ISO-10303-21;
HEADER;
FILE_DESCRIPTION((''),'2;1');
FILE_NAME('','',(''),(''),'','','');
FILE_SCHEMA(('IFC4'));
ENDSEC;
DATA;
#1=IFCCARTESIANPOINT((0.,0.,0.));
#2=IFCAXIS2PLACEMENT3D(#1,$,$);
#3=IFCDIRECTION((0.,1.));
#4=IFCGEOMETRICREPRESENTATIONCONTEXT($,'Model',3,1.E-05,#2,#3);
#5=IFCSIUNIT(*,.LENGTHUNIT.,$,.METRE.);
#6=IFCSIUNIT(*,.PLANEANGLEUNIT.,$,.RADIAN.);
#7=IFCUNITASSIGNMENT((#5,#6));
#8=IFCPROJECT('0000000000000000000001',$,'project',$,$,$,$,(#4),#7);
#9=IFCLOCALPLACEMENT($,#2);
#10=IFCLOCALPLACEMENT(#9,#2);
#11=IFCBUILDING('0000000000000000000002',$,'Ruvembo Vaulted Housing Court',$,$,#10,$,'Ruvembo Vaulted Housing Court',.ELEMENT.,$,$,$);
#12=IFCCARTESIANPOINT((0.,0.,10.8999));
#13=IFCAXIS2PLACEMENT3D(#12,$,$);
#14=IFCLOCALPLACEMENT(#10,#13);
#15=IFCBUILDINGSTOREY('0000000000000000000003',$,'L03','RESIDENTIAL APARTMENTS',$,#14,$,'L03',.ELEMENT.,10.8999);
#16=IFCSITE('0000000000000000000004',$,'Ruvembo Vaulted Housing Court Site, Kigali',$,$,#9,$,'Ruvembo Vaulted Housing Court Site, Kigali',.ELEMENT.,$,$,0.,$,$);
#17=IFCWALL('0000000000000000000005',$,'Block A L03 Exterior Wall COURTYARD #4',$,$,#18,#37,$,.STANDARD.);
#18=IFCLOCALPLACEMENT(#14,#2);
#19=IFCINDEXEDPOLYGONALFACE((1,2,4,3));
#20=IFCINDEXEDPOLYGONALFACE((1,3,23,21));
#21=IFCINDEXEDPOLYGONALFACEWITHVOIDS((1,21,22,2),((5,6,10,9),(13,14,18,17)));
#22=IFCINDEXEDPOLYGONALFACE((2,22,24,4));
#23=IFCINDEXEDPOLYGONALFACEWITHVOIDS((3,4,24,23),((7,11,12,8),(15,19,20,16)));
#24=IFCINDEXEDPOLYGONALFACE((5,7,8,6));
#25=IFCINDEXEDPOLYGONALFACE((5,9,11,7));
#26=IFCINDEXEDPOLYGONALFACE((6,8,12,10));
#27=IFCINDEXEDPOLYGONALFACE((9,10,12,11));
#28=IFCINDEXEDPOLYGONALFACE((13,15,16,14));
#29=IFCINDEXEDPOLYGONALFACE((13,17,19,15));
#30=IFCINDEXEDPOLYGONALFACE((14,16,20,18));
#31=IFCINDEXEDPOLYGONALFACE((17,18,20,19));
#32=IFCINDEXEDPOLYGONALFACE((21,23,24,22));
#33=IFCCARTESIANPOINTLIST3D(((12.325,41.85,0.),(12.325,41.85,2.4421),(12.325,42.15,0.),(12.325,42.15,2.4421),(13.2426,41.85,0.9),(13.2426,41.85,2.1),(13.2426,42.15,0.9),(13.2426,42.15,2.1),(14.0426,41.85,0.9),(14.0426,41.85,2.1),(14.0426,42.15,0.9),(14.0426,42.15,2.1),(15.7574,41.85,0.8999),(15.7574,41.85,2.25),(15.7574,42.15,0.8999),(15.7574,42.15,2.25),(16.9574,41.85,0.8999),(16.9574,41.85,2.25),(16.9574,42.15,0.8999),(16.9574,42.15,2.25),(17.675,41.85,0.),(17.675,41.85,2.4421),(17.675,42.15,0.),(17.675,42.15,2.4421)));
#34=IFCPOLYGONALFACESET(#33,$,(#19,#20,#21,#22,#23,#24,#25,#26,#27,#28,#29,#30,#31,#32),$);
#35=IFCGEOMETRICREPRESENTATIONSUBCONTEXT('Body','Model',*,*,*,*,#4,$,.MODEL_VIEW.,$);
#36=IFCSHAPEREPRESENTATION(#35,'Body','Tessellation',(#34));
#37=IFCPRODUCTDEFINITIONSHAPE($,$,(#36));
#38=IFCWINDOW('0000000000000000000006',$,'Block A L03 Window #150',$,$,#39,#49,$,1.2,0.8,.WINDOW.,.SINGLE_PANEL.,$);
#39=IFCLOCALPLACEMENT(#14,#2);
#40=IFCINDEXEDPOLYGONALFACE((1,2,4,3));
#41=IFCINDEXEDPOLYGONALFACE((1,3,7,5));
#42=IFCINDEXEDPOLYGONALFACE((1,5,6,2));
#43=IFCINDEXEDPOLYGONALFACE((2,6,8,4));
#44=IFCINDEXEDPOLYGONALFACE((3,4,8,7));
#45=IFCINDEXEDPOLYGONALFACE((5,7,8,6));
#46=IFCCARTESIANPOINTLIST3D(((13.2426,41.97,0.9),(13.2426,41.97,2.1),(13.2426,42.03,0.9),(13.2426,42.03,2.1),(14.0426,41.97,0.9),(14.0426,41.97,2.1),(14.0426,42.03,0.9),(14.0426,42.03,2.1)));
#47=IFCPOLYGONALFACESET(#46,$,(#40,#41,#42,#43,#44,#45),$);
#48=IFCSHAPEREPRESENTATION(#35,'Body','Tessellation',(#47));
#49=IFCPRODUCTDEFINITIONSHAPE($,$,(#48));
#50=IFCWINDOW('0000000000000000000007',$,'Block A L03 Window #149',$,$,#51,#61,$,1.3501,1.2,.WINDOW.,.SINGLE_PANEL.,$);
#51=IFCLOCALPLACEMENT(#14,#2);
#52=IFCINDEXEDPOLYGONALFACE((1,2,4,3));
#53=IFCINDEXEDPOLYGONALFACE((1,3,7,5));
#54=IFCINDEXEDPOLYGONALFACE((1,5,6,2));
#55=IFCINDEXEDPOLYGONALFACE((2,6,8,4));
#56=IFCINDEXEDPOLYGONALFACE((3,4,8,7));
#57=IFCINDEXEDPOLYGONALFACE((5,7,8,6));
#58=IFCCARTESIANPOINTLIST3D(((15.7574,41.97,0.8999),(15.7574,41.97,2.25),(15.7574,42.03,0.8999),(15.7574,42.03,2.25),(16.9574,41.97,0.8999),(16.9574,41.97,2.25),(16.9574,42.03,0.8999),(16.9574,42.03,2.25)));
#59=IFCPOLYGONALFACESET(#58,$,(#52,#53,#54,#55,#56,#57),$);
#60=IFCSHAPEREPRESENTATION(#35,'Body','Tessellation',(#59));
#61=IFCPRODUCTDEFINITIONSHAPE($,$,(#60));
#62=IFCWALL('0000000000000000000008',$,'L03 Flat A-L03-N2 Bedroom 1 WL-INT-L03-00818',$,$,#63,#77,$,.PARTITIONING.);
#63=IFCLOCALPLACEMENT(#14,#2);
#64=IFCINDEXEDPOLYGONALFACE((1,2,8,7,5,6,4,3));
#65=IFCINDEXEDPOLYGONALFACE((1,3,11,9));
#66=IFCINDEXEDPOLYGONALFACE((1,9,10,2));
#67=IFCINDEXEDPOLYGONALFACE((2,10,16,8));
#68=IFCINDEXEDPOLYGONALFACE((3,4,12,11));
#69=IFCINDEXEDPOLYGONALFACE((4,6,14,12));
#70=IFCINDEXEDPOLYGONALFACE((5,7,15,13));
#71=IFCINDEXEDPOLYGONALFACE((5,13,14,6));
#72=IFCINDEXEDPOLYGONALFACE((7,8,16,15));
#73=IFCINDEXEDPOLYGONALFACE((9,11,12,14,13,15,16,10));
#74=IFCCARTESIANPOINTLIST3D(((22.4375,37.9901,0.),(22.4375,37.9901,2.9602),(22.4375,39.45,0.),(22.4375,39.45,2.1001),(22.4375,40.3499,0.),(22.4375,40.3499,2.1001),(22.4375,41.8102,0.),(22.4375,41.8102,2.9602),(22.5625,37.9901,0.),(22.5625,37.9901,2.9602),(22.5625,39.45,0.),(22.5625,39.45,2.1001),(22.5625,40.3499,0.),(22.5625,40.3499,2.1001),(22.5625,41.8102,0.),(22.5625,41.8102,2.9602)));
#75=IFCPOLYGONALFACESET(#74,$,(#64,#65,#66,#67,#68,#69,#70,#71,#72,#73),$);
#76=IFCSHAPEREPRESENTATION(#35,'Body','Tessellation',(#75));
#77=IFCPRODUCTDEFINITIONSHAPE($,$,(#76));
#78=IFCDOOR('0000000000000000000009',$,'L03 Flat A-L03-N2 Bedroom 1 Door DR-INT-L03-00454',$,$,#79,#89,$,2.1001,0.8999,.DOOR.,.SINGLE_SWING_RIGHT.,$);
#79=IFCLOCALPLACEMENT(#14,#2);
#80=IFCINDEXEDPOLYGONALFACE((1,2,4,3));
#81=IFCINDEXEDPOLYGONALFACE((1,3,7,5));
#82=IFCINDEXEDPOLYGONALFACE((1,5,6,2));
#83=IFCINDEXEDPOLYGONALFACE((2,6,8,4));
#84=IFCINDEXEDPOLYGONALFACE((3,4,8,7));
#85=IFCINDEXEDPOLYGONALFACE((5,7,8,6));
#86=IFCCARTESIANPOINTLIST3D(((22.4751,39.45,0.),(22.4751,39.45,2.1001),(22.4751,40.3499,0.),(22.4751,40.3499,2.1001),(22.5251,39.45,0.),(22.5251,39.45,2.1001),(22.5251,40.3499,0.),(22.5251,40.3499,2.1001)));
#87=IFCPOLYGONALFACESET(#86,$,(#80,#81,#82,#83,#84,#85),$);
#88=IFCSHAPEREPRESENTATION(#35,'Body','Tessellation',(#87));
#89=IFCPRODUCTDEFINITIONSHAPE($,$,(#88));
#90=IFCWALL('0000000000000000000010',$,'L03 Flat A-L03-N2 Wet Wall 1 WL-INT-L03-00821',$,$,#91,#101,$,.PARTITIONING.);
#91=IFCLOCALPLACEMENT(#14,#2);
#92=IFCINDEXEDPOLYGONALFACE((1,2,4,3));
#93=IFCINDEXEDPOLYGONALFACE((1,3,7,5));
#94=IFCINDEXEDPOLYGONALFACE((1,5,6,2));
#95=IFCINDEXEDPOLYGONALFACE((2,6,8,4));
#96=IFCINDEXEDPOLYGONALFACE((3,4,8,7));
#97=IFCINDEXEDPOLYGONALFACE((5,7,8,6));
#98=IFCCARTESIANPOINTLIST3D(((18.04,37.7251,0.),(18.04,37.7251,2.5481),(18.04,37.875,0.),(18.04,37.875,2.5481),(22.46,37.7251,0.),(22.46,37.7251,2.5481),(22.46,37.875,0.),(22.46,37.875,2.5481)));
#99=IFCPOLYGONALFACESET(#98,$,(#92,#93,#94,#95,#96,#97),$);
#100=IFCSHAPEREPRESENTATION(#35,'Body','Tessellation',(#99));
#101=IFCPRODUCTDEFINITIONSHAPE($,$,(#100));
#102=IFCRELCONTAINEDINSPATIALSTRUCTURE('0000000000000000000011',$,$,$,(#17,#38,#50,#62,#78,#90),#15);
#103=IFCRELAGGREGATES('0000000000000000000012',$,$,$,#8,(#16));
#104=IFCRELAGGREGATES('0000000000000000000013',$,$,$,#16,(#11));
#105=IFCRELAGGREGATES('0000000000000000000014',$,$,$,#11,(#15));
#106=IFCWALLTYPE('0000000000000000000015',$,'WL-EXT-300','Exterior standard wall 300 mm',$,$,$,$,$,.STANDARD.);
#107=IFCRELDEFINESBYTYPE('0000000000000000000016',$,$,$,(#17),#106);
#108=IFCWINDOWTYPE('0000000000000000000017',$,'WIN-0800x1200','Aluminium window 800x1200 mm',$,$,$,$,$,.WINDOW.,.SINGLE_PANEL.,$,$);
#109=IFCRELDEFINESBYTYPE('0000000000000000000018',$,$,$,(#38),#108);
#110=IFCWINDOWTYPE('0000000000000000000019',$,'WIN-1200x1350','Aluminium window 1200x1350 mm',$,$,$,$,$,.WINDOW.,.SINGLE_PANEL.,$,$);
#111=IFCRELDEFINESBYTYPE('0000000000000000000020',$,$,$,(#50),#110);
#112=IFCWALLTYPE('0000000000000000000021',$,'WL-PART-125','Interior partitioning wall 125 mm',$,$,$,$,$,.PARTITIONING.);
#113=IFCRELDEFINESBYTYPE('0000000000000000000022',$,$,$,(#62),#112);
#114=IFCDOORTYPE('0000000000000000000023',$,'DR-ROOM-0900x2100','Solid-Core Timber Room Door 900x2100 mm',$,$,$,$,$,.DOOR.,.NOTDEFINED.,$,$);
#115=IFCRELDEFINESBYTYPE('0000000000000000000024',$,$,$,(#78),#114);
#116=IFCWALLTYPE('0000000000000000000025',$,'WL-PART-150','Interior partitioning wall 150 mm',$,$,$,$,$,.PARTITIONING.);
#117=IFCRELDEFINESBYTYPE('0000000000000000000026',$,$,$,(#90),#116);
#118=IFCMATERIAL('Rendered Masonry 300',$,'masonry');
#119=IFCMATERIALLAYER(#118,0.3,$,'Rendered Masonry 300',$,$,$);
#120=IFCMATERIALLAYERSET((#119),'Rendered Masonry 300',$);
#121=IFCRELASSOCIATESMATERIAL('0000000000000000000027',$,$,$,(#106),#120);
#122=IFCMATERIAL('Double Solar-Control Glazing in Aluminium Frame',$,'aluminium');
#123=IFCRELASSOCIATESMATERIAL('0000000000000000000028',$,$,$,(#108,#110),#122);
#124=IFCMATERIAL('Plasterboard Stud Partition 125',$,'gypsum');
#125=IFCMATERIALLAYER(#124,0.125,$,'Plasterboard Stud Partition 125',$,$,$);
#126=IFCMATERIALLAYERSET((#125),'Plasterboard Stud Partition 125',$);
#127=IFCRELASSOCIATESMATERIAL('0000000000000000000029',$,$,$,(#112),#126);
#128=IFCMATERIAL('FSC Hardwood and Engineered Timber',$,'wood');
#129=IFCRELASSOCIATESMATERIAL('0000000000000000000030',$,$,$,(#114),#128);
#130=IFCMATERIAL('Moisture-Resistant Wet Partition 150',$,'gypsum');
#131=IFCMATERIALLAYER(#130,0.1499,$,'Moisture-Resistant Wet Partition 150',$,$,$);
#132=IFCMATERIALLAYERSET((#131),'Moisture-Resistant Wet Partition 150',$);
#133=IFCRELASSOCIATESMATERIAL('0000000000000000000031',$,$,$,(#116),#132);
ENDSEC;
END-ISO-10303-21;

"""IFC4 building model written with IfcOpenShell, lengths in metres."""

from ifc_helpers import new_model, si_unit, direction, frame, frame_2d, origin, place, context, subcontext, project, spatial, rectangle, extrude, material, layer, layer_set, type_object, element, fill, save


model = new_model("IFC4")

# Units and contexts
model_context = context("Model", 3, precision=1e-05, world=origin(), true_north=direction((0.0, 1.0)))
body_context = subcontext(model_context, "Body", "Model", "MODEL_VIEW")
ifc_project = project(units=[si_unit("LENGTHUNIT", "METRE"), si_unit("PLANEANGLEUNIT", "RADIAN")], contexts=[model_context])

# Site, building, storey
site_placement = place(None, origin())
site = spatial("IfcSite", under=ifc_project, at=site_placement, Name="Ruvembo Vaulted Housing Court Site, Kigali", LongName="Ruvembo Vaulted Housing Court Site, Kigali", CompositionType="ELEMENT", RefElevation=0.0)
building_placement = place(site_placement, origin())
building = spatial("IfcBuilding", under=site, at=building_placement, Name="Ruvembo Vaulted Housing Court", LongName="Ruvembo Vaulted Housing Court", CompositionType="ELEMENT")
storey_placement = place(building_placement, frame((0.0, 0.0, 10.8999)))
storey = spatial("IfcBuildingStorey", under=building, at=storey_placement, Name="L03", Description="RESIDENTIAL APARTMENTS", LongName="L03", CompositionType="ELEMENT", Elevation=10.8999)

# Wall, openings, windows
ifc_material_1 = material(Name="Rendered Masonry 300", Category="masonry")
ifc_layer_1 = layer(ifc_material_1, 0.3, Name="Rendered Masonry 300")
ifc_layer_set_1 = layer_set([ifc_layer_1], Name="Rendered Masonry 300")
wall_type_1 = type_object("IfcWallType", Name="WL-EXT-300", Description="Exterior standard wall 300 mm", PredefinedType="STANDARD", material=ifc_layer_set_1)
ifc_material_2 = material(Name="Double Solar-Control Glazing in Aluminium Frame", Category="aluminium")
wall_1_placement = place(storey_placement, frame((17.675, 42.0, 0.0), z_axis=(0.0, 0.0, 1.0), x_axis=(-1.0, 0.0, 0.0)))
wall_1 = element("IfcWall", 1, at=wall_1_placement, inside=storey, type_object=wall_type_1, Name="Block A L03 Exterior Wall COURTYARD #4", PredefinedType="STANDARD", context=body_context, shape_type="SweptSolid", body=[
    extrude(rectangle(XDim=5.3501, YDim=0.3, at=frame_2d((2.675, 0.0))), origin(), (0.0, 0.0, 1.0), 2.4421),
])
opening_1_placement = place(wall_1_placement, frame((0.7175, 0.0, 0.8999)))
opening_1 = element("IfcOpeningElement", 2, at=opening_1_placement, cuts=wall_1, PredefinedType="OPENING", context=body_context, shape_type="SweptSolid", body=[
    extrude(rectangle(XDim=1.2, YDim=1.3501, at=frame_2d((0.6001, 0.675))), frame((0.0, 0.1599, 0.0), z_axis=(0.0, -1.0, 0.0), x_axis=(1.0, 0.0, 0.0)), (0.0, 0.0, 1.0), 0.3201),
])
opening_2_placement = place(wall_1_placement, frame((3.6326, 0.0, 0.8999)))
opening_2 = element("IfcOpeningElement", 3, at=opening_2_placement, cuts=wall_1, PredefinedType="OPENING", context=body_context, shape_type="SweptSolid", body=[
    extrude(rectangle(XDim=0.8, YDim=1.2, at=frame_2d((0.3999, 0.6001))), frame((0.0, 0.1599, 0.0), z_axis=(0.0, -1.0, 0.0), x_axis=(1.0, 0.0, 0.0)), (0.0, 0.0, 1.0), 0.3201),
])
window_type_1 = type_object("IfcWindowType", Name="WIN-0800x1200", Description="Aluminium window 800x1200 mm", PartitioningType="SINGLE_PANEL", PredefinedType="WINDOW", material=ifc_material_2)
window_1_placement = place(opening_2_placement, origin())
window_1 = element("IfcWindow", 4, at=window_1_placement, inside=storey, type_object=window_type_1, Name="Block A L03 Window #150", OverallHeight=1.2, OverallWidth=0.8, PartitioningType="SINGLE_PANEL", PredefinedType="WINDOW", context=body_context, shape_type="SweptSolid", body=[
    extrude(rectangle(XDim=0.8, YDim=1.2, at=frame_2d((0.3999, 0.6001))), frame((0.0, 0.03, 0.0), z_axis=(0.0, -1.0, 0.0), x_axis=(1.0, 0.0, 0.0)), (0.0, 0.0, 1.0), 0.0601),
])
fill(opening_2, window_1)
window_type_2 = type_object("IfcWindowType", Name="WIN-1200x1350", Description="Aluminium window 1200x1350 mm", PartitioningType="SINGLE_PANEL", PredefinedType="WINDOW", material=ifc_material_2)
window_2_placement = place(opening_1_placement, origin())
window_2 = element("IfcWindow", 5, at=window_2_placement, inside=storey, type_object=window_type_2, Name="Block A L03 Window #149", OverallHeight=1.3501, OverallWidth=1.2, PartitioningType="SINGLE_PANEL", PredefinedType="WINDOW", context=body_context, shape_type="SweptSolid", body=[
    extrude(rectangle(XDim=1.2, YDim=1.3501, at=frame_2d((0.6001, 0.675))), frame((0.0, 0.03, 0.0), z_axis=(0.0, -1.0, 0.0), x_axis=(1.0, 0.0, 0.0)), (0.0, 0.0, 1.0), 0.0601),
])
fill(opening_1, window_2)

# Wall, opening, door
ifc_material_3 = material(Name="Plasterboard Stud Partition 125", Category="gypsum")
ifc_layer_2 = layer(ifc_material_3, 0.125, Name="Plasterboard Stud Partition 125")
ifc_layer_set_2 = layer_set([ifc_layer_2], Name="Plasterboard Stud Partition 125")
wall_type_2 = type_object("IfcWallType", Name="WL-PART-125", Description="Interior partitioning wall 125 mm", PredefinedType="PARTITIONING", material=ifc_layer_set_2)
wall_2_placement = place(storey_placement, frame((22.5, 37.99, 0.0), z_axis=(0.0, 0.0, 1.0), x_axis=(0.0, 1.0, 0.0)))
wall_2 = element("IfcWall", 6, at=wall_2_placement, inside=storey, type_object=wall_type_2, Name="L03 Flat A-L03-N2 Bedroom 1 WL-INT-L03-00818", PredefinedType="PARTITIONING", context=body_context, shape_type="SweptSolid", body=[
    extrude(rectangle(XDim=3.8201, YDim=0.125, at=frame_2d((1.9102, 0.0))), origin(), (0.0, 0.0, 1.0), 2.9602),
])
opening_3_placement = place(wall_2_placement, frame((1.46, 0.0, 0.0)))
opening_3 = element("IfcOpeningElement", 7, at=opening_3_placement, cuts=wall_2, PredefinedType="OPENING", context=body_context, shape_type="SweptSolid", body=[
    extrude(rectangle(XDim=0.8999, YDim=2.1001, at=frame_2d((0.45, 1.05))), frame((0.0, 0.0725, 0.0), z_axis=(0.0, -1.0, 0.0), x_axis=(1.0, 0.0, 0.0)), (0.0, 0.0, 1.0), 0.145),
])
ifc_material_4 = material(Name="FSC Hardwood and Engineered Timber", Category="wood")
door_type = type_object("IfcDoorType", Name="DR-ROOM-0900x2100", Description="Solid-Core Timber Room Door 900x2100 mm", OperationType="NOTDEFINED", PredefinedType="DOOR", material=ifc_material_4)
door_placement = place(opening_3_placement, origin())
door = element("IfcDoor", 8, at=door_placement, inside=storey, type_object=door_type, Name="L03 Flat A-L03-N2 Bedroom 1 Door DR-INT-L03-00454", OperationType="SINGLE_SWING_RIGHT", OverallHeight=2.1001, OverallWidth=0.8999, PredefinedType="DOOR", context=body_context, shape_type="SweptSolid", body=[
    extrude(rectangle(XDim=0.8999, YDim=2.1001, at=frame_2d((0.45, 1.05))), frame((0.0, 0.0249, 0.0), z_axis=(0.0, -1.0, 0.0), x_axis=(1.0, 0.0, 0.0)), (0.0, 0.0, 1.0), 0.05),
])
fill(opening_3, door)

# Wall
ifc_material_5 = material(Name="Moisture-Resistant Wet Partition 150", Category="gypsum")
ifc_layer_3 = layer(ifc_material_5, 0.1499, Name="Moisture-Resistant Wet Partition 150")
ifc_layer_set_3 = layer_set([ifc_layer_3], Name="Moisture-Resistant Wet Partition 150")
wall_type_3 = type_object("IfcWallType", Name="WL-PART-150", Description="Interior partitioning wall 150 mm", PredefinedType="PARTITIONING", material=ifc_layer_set_3)
wall_3_placement = place(storey_placement, frame((18.04, 37.8, 0.0), z_axis=(0.0, 0.0, 1.0), x_axis=(1.0, 0.0, 0.0)))
element("IfcWall", 9, at=wall_3_placement, inside=storey, type_object=wall_type_3, Name="L03 Flat A-L03-N2 Wet Wall 1 WL-INT-L03-00821", PredefinedType="PARTITIONING", context=body_context, shape_type="SweptSolid", body=[
    extrude(rectangle(XDim=4.4199, YDim=0.1499, at=frame_2d((2.21, 0.0))), origin(), (0.0, 0.0, 1.0), 2.5481),
])

save(model, "model.ifc")
